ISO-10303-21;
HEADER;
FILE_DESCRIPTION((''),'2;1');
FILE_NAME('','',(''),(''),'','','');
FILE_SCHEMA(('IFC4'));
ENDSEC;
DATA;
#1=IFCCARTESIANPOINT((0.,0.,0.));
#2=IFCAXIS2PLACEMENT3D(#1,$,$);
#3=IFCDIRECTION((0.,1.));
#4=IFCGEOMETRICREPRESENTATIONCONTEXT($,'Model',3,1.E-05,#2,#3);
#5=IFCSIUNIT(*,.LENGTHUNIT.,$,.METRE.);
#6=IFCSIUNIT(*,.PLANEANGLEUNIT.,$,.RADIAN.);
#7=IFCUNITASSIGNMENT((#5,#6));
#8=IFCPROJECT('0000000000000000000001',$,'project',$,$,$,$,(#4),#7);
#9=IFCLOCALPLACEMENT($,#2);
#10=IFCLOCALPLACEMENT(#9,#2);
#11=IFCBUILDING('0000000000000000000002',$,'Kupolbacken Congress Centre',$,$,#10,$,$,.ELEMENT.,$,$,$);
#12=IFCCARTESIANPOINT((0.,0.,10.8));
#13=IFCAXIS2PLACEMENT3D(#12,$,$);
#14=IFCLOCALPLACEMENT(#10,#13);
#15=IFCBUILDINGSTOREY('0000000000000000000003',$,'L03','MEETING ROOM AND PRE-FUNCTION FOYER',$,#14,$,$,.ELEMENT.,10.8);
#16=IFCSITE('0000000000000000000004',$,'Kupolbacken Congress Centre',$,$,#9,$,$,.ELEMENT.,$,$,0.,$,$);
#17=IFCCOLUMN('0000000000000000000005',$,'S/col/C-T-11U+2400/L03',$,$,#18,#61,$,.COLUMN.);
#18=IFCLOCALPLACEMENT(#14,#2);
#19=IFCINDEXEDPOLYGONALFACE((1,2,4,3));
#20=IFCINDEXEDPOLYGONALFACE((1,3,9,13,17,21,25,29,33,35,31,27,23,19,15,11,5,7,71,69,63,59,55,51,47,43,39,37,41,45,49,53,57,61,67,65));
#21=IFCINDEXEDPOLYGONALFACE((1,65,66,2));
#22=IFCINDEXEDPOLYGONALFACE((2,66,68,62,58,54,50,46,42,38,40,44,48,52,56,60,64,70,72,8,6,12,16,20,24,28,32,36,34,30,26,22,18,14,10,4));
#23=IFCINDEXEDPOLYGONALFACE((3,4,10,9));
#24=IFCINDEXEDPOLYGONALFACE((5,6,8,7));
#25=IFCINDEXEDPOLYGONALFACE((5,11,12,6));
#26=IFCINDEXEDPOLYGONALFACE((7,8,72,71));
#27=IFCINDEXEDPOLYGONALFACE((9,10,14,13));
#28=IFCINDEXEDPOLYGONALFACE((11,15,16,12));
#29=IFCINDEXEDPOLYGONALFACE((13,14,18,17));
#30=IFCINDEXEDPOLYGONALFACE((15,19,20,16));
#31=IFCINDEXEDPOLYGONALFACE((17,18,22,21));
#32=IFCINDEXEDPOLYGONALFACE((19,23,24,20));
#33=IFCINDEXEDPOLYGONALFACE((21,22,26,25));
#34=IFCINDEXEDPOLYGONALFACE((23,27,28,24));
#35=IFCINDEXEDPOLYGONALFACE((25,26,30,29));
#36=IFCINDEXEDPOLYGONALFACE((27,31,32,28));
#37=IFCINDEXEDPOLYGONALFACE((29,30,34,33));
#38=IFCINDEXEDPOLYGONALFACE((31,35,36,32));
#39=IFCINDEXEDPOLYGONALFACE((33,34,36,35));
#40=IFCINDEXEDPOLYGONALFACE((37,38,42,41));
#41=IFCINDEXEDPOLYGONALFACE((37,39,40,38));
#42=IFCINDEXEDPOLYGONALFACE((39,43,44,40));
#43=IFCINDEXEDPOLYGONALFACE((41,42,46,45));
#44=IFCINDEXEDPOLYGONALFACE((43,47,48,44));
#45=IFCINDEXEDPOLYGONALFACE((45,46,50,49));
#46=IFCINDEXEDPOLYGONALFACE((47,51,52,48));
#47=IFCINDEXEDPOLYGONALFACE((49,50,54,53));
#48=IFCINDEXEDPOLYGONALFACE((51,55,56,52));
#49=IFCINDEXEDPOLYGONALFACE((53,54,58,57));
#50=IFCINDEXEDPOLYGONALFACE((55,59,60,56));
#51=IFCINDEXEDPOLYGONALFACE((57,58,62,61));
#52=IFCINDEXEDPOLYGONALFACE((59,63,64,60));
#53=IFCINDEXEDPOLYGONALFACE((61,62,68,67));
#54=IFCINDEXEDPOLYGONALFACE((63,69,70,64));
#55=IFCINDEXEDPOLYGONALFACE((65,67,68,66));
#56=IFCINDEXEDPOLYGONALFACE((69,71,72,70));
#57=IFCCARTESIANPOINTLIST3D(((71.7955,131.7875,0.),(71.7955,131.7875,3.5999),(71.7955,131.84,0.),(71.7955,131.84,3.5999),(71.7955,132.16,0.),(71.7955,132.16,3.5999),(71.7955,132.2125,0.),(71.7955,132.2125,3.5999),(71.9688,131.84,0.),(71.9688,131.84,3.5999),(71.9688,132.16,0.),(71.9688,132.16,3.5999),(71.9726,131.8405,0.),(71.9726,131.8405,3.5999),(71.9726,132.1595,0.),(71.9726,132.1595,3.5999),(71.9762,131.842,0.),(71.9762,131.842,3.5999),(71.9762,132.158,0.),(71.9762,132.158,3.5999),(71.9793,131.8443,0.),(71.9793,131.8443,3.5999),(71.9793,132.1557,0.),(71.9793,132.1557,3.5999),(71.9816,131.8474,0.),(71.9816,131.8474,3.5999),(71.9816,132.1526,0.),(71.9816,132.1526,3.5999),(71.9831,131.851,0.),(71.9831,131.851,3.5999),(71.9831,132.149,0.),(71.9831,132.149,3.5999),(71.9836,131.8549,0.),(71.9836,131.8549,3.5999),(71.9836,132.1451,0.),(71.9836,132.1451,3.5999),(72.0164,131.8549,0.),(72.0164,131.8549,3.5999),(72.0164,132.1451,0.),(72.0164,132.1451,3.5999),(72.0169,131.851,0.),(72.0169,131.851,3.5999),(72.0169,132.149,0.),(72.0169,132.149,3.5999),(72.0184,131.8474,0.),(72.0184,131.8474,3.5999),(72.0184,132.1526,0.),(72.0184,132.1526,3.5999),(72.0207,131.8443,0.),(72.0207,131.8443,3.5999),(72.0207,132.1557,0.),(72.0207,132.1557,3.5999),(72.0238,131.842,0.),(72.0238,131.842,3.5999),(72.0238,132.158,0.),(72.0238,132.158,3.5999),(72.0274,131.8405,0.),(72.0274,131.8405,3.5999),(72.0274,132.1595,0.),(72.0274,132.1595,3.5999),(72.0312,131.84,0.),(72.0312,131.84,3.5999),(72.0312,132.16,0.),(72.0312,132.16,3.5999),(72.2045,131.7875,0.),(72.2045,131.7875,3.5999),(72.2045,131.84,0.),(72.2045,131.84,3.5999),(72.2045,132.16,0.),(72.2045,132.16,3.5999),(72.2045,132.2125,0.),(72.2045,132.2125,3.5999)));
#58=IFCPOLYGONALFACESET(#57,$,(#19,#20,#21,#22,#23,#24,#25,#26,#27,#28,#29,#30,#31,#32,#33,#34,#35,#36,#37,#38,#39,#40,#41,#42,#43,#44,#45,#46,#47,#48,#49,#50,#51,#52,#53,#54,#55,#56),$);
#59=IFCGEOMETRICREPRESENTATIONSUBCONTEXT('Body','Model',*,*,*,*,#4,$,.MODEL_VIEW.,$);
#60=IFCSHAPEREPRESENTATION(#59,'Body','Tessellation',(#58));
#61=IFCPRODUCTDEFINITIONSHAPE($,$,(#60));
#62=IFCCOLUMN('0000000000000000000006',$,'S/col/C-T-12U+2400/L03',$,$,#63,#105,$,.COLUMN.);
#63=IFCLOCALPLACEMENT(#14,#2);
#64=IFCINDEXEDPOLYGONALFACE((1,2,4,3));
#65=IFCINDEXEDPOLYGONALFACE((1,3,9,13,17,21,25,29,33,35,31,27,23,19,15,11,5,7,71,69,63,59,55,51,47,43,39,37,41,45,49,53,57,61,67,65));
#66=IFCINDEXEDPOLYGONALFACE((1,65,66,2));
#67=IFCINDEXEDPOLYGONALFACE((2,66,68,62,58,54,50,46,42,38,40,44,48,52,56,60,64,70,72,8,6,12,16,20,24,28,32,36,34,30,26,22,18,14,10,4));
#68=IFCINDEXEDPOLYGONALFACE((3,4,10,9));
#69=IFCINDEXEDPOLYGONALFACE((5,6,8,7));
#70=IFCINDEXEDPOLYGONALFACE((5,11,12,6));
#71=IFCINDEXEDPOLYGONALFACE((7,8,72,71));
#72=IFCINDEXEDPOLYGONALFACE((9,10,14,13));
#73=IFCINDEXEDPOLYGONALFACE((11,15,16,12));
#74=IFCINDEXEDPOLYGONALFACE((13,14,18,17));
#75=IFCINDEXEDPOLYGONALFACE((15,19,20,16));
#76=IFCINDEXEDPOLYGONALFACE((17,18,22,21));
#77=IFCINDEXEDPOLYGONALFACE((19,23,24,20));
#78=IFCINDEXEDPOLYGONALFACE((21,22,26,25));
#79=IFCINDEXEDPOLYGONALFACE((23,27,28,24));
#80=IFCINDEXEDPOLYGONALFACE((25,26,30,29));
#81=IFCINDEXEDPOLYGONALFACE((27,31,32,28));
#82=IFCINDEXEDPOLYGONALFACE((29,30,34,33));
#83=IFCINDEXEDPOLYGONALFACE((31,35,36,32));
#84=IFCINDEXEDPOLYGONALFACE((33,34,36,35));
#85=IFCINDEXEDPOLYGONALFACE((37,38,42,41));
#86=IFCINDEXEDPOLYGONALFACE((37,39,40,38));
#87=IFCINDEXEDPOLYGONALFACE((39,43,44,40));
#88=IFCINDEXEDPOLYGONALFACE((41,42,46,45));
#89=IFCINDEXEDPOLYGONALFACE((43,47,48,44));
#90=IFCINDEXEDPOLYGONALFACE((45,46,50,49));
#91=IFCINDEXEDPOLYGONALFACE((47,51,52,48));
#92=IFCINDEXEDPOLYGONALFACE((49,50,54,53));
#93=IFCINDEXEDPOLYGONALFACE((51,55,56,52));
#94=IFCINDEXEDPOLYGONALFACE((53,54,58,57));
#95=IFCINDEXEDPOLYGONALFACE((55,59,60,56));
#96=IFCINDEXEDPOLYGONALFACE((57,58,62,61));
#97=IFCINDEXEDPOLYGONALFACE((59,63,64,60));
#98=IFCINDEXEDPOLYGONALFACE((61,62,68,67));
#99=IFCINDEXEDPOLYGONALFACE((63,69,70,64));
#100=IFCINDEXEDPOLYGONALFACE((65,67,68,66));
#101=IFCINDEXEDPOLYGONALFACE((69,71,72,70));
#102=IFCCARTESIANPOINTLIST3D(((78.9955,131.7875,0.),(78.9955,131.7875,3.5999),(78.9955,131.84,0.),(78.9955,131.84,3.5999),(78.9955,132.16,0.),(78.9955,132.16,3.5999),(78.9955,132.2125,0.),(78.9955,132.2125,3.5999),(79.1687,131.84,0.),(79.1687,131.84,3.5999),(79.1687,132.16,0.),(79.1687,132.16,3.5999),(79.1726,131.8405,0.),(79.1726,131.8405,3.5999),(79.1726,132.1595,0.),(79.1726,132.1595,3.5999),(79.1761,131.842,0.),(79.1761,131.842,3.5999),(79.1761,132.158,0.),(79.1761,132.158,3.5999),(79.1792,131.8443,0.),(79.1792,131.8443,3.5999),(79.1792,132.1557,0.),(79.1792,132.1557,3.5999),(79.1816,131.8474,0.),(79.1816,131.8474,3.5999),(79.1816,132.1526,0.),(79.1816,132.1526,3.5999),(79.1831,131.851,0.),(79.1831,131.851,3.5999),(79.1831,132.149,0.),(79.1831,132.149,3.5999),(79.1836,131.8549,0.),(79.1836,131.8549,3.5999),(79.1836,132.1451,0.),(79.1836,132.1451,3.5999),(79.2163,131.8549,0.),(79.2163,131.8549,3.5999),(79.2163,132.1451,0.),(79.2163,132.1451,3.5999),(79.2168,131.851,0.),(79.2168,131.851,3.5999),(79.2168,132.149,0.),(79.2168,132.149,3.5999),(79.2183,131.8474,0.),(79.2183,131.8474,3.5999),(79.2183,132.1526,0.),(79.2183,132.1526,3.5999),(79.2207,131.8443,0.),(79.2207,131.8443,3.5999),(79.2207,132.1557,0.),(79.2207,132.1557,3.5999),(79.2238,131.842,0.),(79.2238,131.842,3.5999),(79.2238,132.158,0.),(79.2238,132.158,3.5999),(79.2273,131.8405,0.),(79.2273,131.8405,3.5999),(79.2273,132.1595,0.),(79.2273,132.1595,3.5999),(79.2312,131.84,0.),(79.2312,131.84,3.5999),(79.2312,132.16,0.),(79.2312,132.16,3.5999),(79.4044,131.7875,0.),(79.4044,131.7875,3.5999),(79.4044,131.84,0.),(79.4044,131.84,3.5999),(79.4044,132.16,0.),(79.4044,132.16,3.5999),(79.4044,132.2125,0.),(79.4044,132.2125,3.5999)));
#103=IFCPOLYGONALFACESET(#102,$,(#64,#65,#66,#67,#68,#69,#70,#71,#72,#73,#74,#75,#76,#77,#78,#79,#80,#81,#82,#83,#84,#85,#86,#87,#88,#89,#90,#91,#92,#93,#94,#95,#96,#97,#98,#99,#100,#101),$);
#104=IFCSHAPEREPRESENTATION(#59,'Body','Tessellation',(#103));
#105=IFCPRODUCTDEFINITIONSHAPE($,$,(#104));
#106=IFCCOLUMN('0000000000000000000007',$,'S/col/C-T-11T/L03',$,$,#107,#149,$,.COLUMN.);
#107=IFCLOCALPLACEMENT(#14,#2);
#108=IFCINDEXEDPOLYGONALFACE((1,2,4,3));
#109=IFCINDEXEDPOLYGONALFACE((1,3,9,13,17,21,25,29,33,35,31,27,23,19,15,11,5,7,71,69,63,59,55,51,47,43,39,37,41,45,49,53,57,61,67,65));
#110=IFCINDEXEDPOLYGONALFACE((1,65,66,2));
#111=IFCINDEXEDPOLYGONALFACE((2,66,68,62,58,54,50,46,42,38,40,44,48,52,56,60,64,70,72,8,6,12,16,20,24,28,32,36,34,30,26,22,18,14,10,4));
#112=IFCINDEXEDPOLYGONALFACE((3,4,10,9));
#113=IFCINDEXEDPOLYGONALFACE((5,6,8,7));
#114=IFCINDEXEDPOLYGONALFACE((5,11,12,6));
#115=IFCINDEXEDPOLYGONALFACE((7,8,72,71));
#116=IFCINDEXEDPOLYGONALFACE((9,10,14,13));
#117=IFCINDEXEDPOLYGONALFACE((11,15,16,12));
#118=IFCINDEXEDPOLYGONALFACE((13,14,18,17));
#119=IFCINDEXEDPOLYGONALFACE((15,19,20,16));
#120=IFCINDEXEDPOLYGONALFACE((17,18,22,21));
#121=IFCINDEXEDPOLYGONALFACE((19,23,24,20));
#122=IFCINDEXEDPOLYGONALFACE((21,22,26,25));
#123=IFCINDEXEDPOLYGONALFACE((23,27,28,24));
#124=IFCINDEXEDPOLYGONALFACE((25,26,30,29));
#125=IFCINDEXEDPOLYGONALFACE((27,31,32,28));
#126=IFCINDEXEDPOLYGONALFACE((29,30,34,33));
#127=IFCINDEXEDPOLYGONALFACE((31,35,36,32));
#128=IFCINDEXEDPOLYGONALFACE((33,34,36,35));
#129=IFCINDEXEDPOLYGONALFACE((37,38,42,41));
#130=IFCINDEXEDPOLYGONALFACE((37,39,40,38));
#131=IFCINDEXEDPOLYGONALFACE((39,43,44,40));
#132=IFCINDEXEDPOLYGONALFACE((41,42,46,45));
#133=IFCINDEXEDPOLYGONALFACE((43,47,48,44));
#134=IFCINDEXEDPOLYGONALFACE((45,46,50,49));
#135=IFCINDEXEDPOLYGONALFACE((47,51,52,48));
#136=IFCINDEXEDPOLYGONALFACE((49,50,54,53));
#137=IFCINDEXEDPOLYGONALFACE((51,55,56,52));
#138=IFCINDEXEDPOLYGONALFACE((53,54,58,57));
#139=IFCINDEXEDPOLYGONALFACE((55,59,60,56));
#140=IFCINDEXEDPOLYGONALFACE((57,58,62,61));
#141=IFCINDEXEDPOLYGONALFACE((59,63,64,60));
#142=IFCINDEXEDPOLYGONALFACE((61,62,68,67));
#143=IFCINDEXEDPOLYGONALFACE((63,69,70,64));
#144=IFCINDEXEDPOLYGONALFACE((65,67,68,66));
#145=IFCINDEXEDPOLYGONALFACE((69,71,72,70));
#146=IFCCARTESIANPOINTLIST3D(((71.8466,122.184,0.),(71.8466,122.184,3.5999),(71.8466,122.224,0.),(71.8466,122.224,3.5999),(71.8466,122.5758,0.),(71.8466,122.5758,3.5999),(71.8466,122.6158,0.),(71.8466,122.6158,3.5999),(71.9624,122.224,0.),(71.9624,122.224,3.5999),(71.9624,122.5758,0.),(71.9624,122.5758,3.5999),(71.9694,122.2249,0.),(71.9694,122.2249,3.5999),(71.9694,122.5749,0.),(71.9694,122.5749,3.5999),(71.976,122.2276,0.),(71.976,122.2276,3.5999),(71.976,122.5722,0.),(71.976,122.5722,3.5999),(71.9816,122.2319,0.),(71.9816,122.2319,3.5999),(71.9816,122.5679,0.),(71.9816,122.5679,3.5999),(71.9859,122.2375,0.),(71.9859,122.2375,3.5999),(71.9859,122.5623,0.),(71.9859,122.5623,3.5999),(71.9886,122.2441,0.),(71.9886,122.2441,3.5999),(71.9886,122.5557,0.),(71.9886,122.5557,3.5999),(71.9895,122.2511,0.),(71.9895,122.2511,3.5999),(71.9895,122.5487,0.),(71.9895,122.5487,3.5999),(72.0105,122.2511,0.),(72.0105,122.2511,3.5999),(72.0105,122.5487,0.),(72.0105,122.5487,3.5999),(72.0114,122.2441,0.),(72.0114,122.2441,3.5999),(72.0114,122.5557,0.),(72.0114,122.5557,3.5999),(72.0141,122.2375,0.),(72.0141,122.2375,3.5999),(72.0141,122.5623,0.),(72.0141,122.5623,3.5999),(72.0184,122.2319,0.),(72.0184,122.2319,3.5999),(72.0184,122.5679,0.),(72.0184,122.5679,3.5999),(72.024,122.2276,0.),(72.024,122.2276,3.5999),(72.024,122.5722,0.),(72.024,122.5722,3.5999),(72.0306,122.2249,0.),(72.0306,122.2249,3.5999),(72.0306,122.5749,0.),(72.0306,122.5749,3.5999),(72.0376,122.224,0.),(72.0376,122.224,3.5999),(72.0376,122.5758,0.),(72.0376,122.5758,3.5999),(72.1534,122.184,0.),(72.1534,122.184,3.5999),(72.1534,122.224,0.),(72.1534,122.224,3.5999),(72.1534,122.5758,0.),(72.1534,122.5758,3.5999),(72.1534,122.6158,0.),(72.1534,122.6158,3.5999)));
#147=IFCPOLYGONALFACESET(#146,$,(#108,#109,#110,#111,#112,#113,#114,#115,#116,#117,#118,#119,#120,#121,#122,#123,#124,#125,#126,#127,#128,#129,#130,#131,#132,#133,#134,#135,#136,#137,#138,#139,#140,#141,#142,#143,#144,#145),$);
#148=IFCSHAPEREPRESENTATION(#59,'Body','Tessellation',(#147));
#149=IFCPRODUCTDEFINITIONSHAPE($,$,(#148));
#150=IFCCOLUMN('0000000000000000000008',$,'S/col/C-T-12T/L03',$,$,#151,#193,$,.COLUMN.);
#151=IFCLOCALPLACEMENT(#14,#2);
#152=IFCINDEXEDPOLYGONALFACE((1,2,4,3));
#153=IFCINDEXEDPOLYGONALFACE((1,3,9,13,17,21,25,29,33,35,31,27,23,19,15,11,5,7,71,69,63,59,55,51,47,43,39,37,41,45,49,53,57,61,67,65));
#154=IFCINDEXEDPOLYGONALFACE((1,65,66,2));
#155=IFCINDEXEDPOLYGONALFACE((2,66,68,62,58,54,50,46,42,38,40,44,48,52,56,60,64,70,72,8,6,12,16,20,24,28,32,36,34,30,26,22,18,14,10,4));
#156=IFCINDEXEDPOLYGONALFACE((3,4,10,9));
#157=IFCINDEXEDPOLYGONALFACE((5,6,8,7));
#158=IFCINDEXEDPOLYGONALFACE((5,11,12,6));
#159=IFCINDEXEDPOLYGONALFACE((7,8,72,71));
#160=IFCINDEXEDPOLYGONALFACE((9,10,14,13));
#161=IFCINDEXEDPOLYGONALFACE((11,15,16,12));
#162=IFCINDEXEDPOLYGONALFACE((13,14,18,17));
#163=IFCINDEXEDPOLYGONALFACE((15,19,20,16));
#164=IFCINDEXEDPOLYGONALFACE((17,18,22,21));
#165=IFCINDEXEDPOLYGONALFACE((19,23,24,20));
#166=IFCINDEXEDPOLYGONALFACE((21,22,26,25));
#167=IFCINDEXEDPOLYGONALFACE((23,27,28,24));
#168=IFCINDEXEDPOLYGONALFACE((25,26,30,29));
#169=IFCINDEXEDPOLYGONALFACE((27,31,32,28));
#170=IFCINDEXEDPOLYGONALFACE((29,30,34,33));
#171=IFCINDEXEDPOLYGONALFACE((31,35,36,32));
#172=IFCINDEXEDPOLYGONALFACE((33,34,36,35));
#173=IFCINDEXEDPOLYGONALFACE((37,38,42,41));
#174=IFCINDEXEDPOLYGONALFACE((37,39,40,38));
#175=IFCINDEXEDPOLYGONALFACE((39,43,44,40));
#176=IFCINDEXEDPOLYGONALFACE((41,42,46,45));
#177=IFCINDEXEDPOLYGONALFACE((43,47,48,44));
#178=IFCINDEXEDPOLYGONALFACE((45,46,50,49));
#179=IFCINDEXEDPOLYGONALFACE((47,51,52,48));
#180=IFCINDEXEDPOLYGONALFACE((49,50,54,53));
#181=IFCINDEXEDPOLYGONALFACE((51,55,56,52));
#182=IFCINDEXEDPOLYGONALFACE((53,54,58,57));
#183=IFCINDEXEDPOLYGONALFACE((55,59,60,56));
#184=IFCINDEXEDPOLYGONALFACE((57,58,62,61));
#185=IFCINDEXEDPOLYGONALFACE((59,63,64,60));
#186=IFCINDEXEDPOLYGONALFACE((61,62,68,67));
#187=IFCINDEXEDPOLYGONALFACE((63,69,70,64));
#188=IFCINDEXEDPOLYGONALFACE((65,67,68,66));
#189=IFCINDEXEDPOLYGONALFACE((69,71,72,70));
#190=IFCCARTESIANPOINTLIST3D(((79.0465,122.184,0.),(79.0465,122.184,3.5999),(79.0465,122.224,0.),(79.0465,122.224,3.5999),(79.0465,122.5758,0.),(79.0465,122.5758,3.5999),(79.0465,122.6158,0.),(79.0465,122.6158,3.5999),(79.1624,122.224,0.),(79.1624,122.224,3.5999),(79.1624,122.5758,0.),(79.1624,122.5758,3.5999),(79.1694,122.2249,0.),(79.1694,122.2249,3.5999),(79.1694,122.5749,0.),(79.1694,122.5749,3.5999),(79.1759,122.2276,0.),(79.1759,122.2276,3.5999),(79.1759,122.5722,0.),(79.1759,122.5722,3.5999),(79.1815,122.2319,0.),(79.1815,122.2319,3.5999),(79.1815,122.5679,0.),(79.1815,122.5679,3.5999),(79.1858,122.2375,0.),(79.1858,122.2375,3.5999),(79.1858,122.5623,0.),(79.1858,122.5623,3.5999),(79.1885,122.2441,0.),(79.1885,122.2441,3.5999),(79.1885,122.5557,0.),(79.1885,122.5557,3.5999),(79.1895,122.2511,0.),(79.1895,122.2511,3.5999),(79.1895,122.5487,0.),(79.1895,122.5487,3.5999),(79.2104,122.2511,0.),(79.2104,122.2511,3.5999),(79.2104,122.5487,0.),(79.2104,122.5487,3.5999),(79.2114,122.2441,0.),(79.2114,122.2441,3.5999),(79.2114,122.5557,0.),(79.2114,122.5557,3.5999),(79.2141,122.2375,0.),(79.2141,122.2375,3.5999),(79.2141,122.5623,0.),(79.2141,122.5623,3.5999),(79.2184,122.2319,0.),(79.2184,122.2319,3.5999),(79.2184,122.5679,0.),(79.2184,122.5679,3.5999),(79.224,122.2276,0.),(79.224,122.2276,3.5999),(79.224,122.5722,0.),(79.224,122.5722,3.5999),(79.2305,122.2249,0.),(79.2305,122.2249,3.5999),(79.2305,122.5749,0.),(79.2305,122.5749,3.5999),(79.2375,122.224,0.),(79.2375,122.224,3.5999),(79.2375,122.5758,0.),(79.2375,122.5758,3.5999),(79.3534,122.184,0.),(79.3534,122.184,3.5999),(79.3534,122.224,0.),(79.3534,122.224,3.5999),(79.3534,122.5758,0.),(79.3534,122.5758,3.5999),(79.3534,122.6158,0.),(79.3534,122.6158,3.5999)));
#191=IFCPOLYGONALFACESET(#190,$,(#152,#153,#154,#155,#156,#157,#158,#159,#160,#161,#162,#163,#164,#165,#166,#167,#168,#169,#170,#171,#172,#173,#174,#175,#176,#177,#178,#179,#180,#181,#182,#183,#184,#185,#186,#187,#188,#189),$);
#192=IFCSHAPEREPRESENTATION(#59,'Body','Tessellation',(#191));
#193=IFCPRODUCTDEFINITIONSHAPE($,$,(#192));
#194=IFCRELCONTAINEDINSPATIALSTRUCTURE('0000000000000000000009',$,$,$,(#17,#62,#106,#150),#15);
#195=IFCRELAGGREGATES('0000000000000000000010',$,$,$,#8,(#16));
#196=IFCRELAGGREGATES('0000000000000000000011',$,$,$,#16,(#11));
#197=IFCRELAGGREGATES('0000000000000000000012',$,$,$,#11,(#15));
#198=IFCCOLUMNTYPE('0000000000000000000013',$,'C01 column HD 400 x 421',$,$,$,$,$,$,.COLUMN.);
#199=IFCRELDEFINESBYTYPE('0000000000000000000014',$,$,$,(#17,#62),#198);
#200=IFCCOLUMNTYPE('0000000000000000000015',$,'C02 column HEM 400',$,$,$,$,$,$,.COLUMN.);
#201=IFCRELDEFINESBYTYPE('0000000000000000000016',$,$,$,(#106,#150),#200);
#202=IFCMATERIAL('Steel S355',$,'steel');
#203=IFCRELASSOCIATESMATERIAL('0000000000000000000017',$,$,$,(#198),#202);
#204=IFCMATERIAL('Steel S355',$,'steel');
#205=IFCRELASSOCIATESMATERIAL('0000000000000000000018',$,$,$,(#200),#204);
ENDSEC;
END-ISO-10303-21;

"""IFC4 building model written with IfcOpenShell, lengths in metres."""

from ifc_helpers import new_model, si_unit, direction, frame, origin, origin_2d, place, context, subcontext, project, spatial, i_section, extrude, material, material_profile, profile_set, type_object, element, save


model = new_model("IFC4")

# Units and contexts
model_context = context("Model", 3, precision=1e-05, world=origin(), true_north=direction((0.0, 1.0)))
body_context = subcontext(model_context, "Body", "Model", "MODEL_VIEW")
ifc_project = project(units=[si_unit("LENGTHUNIT", "METRE"), si_unit("PLANEANGLEUNIT", "RADIAN")], contexts=[model_context])

# Site, building, storey
site_placement = place(None, origin())
site = spatial("IfcSite", under=ifc_project, at=site_placement, Name="Kupolbacken Congress Centre", CompositionType="ELEMENT", RefElevation=0.0)
building_placement = place(site_placement, origin())
building = spatial("IfcBuilding", under=site, at=building_placement, Name="Kupolbacken Congress Centre", CompositionType="ELEMENT")
storey_placement = place(building_placement, frame((0.0, 0.0, 10.8)))
storey = spatial("IfcBuildingStorey", under=building, at=storey_placement, Name="L03", Description="MEETING ROOM AND PRE-FUNCTION FOYER", CompositionType="ELEMENT", Elevation=10.8)

# Columns
ifc_material_1 = material(Name="Steel S355", Category="steel")
ifc_material_profile_1 = material_profile(ifc_material_1, i_section(OverallWidth=0.4089, OverallDepth=0.425, WebThickness=0.0327, FlangeThickness=0.0525, FilletRadius=0.0149, at=origin_2d()), Name="HD 400 x 421")
ifc_profile_set_1 = profile_set([ifc_material_profile_1], Name="Steel S355")
column_type_1 = type_object("IfcColumnType", Name="C01 column HD 400 x 421", PredefinedType="COLUMN", material=ifc_profile_set_1)
for number, where, z_axis, x_axis, name in (
    (1, (72.0, 132.0, 0.0), (0.0, 0.0, 1.0), (1.0, 0.0, 0.0), "S/col/C-T-11U+2400/L03"),
    (2, (79.2, 132.0, 0.0), (0.0, 0.0, 1.0), (1.0, 0.0, 0.0), "S/col/C-T-12U+2400/L03"),
):
    element("IfcColumn", number, at=place(storey_placement, frame(where, z_axis=z_axis, x_axis=x_axis)), inside=storey, type_object=column_type_1, Name=name, PredefinedType="COLUMN", context=body_context, shape_type="SweptSolid", body=[
        extrude(i_section(OverallWidth=0.4089, OverallDepth=0.425, WebThickness=0.0327, FlangeThickness=0.0525, FilletRadius=0.0149, at=origin_2d()), origin(), (0.0, 0.0, 1.0), 3.5999),
    ])
ifc_material_2 = material(Name="Steel S355", Category="steel")
ifc_material_profile_2 = material_profile(ifc_material_2, i_section(OverallWidth=0.3069, OverallDepth=0.4319, WebThickness=0.021, FlangeThickness=0.04, FilletRadius=0.0271, at=origin_2d()), Name="HEM 400")
ifc_profile_set_2 = profile_set([ifc_material_profile_2], Name="Steel S355")
column_type_2 = type_object("IfcColumnType", Name="C02 column HEM 400", PredefinedType="COLUMN", material=ifc_profile_set_2)
for number, where, z_axis, x_axis, name in (
    (3, (72.0, 122.3999, 0.0), (0.0, 0.0, 1.0), (1.0, 0.0, 0.0), "S/col/C-T-11T/L03"),
    (4, (79.2, 122.3999, 0.0), (0.0, 0.0, 1.0), (1.0, 0.0, 0.0), "S/col/C-T-12T/L03"),
):
    element("IfcColumn", number, at=place(storey_placement, frame(where, z_axis=z_axis, x_axis=x_axis)), inside=storey, type_object=column_type_2, Name=name, PredefinedType="COLUMN", context=body_context, shape_type="SweptSolid", body=[
        extrude(i_section(OverallWidth=0.3069, OverallDepth=0.4319, WebThickness=0.021, FlangeThickness=0.04, FilletRadius=0.0271, at=origin_2d()), origin(), (0.0, 0.0, 1.0), 3.5999),
    ])

save(model, "model.ifc")
